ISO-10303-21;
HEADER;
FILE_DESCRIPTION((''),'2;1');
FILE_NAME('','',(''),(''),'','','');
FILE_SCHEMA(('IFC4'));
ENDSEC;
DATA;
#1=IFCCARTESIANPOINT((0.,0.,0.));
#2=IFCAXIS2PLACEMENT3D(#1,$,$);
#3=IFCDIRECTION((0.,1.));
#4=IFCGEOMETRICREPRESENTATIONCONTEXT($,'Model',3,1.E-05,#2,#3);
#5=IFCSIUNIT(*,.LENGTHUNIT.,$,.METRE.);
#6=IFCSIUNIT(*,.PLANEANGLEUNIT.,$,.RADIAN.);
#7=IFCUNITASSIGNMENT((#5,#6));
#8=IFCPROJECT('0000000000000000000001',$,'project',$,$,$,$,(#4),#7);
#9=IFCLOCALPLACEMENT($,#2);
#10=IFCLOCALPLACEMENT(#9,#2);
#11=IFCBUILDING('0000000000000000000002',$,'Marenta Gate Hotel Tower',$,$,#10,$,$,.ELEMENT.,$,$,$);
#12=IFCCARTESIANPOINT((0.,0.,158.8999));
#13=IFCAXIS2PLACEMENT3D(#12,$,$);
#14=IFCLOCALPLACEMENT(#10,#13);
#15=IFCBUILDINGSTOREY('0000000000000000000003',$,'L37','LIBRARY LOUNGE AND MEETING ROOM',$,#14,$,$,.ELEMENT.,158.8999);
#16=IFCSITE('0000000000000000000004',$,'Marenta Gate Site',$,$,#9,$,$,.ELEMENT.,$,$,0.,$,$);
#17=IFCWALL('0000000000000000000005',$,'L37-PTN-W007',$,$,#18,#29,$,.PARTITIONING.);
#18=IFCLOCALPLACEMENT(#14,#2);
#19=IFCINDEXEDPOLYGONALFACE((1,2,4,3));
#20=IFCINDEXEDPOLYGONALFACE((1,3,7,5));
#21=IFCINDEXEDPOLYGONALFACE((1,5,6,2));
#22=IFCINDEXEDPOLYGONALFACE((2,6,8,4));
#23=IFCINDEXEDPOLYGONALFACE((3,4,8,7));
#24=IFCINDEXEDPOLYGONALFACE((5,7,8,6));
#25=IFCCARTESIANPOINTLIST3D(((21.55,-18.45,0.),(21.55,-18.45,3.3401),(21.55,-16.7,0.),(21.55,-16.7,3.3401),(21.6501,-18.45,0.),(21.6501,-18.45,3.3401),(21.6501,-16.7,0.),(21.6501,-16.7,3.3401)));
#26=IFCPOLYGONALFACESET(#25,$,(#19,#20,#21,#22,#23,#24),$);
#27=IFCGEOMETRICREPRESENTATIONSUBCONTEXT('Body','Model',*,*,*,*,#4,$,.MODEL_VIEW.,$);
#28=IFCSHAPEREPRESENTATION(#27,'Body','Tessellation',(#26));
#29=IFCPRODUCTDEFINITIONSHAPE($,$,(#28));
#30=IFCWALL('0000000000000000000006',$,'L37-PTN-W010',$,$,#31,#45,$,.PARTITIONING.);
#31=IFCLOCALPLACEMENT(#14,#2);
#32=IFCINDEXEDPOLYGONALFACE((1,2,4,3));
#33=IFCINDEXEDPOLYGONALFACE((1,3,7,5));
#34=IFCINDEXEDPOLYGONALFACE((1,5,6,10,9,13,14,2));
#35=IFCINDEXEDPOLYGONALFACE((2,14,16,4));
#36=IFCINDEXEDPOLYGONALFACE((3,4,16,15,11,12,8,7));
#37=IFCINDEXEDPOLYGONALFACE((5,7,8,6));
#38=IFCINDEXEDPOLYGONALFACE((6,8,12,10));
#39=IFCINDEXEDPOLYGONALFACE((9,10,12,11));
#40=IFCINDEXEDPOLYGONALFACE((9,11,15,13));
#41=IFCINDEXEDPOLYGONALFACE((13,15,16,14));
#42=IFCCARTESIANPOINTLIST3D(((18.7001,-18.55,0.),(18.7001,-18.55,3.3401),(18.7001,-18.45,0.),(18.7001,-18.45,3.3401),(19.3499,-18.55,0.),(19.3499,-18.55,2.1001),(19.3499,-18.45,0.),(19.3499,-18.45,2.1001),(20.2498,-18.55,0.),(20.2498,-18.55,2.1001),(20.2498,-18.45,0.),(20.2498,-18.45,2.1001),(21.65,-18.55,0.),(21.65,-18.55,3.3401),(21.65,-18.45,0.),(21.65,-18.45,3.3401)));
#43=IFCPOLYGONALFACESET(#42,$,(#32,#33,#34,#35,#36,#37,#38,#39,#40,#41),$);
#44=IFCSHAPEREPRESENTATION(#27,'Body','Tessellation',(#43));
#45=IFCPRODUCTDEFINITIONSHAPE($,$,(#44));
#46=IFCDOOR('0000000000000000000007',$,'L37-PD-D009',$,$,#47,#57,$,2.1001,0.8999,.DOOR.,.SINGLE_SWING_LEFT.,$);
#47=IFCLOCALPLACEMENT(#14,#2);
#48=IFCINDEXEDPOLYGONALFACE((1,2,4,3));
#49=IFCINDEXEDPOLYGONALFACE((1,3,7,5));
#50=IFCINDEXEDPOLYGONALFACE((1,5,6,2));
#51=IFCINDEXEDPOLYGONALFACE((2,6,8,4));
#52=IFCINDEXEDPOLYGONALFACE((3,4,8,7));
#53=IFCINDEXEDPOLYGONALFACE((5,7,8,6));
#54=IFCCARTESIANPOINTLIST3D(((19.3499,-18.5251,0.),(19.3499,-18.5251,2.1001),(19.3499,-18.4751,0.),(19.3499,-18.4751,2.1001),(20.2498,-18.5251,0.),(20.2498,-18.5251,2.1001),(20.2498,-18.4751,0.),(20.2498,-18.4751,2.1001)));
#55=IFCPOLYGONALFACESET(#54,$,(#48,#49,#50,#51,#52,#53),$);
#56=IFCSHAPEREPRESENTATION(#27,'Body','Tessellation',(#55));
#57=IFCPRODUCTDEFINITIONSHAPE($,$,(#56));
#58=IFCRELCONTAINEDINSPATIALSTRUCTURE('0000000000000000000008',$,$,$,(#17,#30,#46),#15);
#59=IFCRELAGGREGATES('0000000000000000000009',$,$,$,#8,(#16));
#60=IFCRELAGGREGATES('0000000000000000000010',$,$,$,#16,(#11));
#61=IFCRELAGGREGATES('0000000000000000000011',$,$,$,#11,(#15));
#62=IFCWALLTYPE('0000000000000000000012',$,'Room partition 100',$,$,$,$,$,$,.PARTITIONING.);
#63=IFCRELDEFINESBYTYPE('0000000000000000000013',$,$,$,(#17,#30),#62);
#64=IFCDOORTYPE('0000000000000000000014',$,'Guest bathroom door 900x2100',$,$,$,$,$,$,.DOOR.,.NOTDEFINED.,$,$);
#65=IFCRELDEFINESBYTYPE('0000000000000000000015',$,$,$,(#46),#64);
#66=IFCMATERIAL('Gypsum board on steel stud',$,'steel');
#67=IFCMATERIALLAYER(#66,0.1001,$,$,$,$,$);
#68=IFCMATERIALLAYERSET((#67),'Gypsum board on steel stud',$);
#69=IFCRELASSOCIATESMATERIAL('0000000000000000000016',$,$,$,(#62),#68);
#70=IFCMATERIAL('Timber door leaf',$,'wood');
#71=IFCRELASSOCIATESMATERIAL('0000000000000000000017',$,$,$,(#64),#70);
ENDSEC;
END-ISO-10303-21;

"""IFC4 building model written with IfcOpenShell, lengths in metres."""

from ifc_helpers import new_model, si_unit, direction, frame, frame_2d, origin, place, context, subcontext, project, spatial, rectangle, extrude, material, layer, layer_set, type_object, element, fill, save


model = new_model("IFC4")

# Units and contexts
model_context = context("Model", 3, precision=1e-05, world=origin(), true_north=direction((0.0, 1.0)))
body_context = subcontext(model_context, "Body", "Model", "MODEL_VIEW")
ifc_project = project(units=[si_unit("LENGTHUNIT", "METRE"), si_unit("PLANEANGLEUNIT", "RADIAN")], contexts=[model_context])

# Site, building, storey
site_placement = place(None, origin())
site = spatial("IfcSite", under=ifc_project, at=site_placement, Name="Marenta Gate Site", CompositionType="ELEMENT", RefElevation=0.0)
building_placement = place(site_placement, origin())
building = spatial("IfcBuilding", under=site, at=building_placement, Name="Marenta Gate Hotel Tower", CompositionType="ELEMENT")
storey_placement = place(building_placement, frame((0.0, 0.0, 158.8999)))
storey = spatial("IfcBuildingStorey", under=building, at=storey_placement, Name="L37", Description="LIBRARY LOUNGE AND MEETING ROOM", CompositionType="ELEMENT", Elevation=158.8999)

# Wall
ifc_material_1 = material(Name="Gypsum board on steel stud", Category="steel")
ifc_layer_1 = layer(ifc_material_1, 0.1001)
ifc_layer_set_1 = layer_set([ifc_layer_1], Name="Gypsum board on steel stud")
wall_type_1 = type_object("IfcWallType", Name="Room partition 100", PredefinedType="PARTITIONING", material=ifc_layer_set_1)
wall_1_placement = place(storey_placement, frame((21.6001, -18.45, 0.0), z_axis=(0.0, 0.0, 1.0), x_axis=(0.0, 1.0, 0.0)))
element("IfcWall", 1, at=wall_1_placement, inside=storey, type_object=wall_type_1, Name="L37-PTN-W007", PredefinedType="PARTITIONING", context=body_context, shape_type="SweptSolid", body=[
    extrude(rectangle(XDim=1.75, YDim=0.1001, at=frame_2d((0.875, 0.0))), origin(), (0.0, 0.0, 1.0), 3.3401),
])

# Wall, opening, door
wall_2_placement = place(storey_placement, frame((18.7, -18.5, 0.0), z_axis=(0.0, 0.0, 1.0), x_axis=(1.0, 0.0, 0.0)))
wall_2 = element("IfcWall", 2, at=wall_2_placement, inside=storey, type_object=wall_type_1, Name="L37-PTN-W010", PredefinedType="PARTITIONING", context=body_context, shape_type="SweptSolid", body=[
    extrude(rectangle(XDim=2.95, YDim=0.1001, at=frame_2d((1.4751, 0.0))), origin(), (0.0, 0.0, 1.0), 3.3401),
])
opening_1_placement = place(wall_2_placement, frame((0.6499, 0.0, 0.0)))
opening_1 = element("IfcOpeningElement", 3, at=opening_1_placement, cuts=wall_2, PredefinedType="OPENING", context=body_context, shape_type="SweptSolid", body=[
    extrude(rectangle(XDim=0.8999, YDim=2.1001, at=frame_2d((0.45, 1.05))), frame((0.0, 0.05, 0.0), z_axis=(0.0, -1.0, 0.0), x_axis=(1.0, 0.0, 0.0)), (0.0, 0.0, 1.0), 0.1001),
])
ifc_material_2 = material(Name="Timber door leaf", Category="wood")
door_type_1 = type_object("IfcDoorType", Name="Guest bathroom door 900x2100", OperationType="NOTDEFINED", PredefinedType="DOOR", material=ifc_material_2)
door_1_placement = place(opening_1_placement, origin())
door_1 = element("IfcDoor", 4, at=door_1_placement, inside=storey, type_object=door_type_1, Name="L37-PD-D009", OperationType="SINGLE_SWING_LEFT", OverallHeight=2.1001, OverallWidth=0.8999, PredefinedType="DOOR", context=body_context, shape_type="SweptSolid", body=[
    extrude(rectangle(XDim=0.8999, YDim=2.1001, at=frame_2d((0.45, 1.05))), frame((0.0, 0.0249, 0.0), z_axis=(0.0, -1.0, 0.0), x_axis=(1.0, 0.0, 0.0)), (0.0, 0.0, 1.0), 0.05),
])
fill(opening_1, door_1)

save(model, "model.ifc")
